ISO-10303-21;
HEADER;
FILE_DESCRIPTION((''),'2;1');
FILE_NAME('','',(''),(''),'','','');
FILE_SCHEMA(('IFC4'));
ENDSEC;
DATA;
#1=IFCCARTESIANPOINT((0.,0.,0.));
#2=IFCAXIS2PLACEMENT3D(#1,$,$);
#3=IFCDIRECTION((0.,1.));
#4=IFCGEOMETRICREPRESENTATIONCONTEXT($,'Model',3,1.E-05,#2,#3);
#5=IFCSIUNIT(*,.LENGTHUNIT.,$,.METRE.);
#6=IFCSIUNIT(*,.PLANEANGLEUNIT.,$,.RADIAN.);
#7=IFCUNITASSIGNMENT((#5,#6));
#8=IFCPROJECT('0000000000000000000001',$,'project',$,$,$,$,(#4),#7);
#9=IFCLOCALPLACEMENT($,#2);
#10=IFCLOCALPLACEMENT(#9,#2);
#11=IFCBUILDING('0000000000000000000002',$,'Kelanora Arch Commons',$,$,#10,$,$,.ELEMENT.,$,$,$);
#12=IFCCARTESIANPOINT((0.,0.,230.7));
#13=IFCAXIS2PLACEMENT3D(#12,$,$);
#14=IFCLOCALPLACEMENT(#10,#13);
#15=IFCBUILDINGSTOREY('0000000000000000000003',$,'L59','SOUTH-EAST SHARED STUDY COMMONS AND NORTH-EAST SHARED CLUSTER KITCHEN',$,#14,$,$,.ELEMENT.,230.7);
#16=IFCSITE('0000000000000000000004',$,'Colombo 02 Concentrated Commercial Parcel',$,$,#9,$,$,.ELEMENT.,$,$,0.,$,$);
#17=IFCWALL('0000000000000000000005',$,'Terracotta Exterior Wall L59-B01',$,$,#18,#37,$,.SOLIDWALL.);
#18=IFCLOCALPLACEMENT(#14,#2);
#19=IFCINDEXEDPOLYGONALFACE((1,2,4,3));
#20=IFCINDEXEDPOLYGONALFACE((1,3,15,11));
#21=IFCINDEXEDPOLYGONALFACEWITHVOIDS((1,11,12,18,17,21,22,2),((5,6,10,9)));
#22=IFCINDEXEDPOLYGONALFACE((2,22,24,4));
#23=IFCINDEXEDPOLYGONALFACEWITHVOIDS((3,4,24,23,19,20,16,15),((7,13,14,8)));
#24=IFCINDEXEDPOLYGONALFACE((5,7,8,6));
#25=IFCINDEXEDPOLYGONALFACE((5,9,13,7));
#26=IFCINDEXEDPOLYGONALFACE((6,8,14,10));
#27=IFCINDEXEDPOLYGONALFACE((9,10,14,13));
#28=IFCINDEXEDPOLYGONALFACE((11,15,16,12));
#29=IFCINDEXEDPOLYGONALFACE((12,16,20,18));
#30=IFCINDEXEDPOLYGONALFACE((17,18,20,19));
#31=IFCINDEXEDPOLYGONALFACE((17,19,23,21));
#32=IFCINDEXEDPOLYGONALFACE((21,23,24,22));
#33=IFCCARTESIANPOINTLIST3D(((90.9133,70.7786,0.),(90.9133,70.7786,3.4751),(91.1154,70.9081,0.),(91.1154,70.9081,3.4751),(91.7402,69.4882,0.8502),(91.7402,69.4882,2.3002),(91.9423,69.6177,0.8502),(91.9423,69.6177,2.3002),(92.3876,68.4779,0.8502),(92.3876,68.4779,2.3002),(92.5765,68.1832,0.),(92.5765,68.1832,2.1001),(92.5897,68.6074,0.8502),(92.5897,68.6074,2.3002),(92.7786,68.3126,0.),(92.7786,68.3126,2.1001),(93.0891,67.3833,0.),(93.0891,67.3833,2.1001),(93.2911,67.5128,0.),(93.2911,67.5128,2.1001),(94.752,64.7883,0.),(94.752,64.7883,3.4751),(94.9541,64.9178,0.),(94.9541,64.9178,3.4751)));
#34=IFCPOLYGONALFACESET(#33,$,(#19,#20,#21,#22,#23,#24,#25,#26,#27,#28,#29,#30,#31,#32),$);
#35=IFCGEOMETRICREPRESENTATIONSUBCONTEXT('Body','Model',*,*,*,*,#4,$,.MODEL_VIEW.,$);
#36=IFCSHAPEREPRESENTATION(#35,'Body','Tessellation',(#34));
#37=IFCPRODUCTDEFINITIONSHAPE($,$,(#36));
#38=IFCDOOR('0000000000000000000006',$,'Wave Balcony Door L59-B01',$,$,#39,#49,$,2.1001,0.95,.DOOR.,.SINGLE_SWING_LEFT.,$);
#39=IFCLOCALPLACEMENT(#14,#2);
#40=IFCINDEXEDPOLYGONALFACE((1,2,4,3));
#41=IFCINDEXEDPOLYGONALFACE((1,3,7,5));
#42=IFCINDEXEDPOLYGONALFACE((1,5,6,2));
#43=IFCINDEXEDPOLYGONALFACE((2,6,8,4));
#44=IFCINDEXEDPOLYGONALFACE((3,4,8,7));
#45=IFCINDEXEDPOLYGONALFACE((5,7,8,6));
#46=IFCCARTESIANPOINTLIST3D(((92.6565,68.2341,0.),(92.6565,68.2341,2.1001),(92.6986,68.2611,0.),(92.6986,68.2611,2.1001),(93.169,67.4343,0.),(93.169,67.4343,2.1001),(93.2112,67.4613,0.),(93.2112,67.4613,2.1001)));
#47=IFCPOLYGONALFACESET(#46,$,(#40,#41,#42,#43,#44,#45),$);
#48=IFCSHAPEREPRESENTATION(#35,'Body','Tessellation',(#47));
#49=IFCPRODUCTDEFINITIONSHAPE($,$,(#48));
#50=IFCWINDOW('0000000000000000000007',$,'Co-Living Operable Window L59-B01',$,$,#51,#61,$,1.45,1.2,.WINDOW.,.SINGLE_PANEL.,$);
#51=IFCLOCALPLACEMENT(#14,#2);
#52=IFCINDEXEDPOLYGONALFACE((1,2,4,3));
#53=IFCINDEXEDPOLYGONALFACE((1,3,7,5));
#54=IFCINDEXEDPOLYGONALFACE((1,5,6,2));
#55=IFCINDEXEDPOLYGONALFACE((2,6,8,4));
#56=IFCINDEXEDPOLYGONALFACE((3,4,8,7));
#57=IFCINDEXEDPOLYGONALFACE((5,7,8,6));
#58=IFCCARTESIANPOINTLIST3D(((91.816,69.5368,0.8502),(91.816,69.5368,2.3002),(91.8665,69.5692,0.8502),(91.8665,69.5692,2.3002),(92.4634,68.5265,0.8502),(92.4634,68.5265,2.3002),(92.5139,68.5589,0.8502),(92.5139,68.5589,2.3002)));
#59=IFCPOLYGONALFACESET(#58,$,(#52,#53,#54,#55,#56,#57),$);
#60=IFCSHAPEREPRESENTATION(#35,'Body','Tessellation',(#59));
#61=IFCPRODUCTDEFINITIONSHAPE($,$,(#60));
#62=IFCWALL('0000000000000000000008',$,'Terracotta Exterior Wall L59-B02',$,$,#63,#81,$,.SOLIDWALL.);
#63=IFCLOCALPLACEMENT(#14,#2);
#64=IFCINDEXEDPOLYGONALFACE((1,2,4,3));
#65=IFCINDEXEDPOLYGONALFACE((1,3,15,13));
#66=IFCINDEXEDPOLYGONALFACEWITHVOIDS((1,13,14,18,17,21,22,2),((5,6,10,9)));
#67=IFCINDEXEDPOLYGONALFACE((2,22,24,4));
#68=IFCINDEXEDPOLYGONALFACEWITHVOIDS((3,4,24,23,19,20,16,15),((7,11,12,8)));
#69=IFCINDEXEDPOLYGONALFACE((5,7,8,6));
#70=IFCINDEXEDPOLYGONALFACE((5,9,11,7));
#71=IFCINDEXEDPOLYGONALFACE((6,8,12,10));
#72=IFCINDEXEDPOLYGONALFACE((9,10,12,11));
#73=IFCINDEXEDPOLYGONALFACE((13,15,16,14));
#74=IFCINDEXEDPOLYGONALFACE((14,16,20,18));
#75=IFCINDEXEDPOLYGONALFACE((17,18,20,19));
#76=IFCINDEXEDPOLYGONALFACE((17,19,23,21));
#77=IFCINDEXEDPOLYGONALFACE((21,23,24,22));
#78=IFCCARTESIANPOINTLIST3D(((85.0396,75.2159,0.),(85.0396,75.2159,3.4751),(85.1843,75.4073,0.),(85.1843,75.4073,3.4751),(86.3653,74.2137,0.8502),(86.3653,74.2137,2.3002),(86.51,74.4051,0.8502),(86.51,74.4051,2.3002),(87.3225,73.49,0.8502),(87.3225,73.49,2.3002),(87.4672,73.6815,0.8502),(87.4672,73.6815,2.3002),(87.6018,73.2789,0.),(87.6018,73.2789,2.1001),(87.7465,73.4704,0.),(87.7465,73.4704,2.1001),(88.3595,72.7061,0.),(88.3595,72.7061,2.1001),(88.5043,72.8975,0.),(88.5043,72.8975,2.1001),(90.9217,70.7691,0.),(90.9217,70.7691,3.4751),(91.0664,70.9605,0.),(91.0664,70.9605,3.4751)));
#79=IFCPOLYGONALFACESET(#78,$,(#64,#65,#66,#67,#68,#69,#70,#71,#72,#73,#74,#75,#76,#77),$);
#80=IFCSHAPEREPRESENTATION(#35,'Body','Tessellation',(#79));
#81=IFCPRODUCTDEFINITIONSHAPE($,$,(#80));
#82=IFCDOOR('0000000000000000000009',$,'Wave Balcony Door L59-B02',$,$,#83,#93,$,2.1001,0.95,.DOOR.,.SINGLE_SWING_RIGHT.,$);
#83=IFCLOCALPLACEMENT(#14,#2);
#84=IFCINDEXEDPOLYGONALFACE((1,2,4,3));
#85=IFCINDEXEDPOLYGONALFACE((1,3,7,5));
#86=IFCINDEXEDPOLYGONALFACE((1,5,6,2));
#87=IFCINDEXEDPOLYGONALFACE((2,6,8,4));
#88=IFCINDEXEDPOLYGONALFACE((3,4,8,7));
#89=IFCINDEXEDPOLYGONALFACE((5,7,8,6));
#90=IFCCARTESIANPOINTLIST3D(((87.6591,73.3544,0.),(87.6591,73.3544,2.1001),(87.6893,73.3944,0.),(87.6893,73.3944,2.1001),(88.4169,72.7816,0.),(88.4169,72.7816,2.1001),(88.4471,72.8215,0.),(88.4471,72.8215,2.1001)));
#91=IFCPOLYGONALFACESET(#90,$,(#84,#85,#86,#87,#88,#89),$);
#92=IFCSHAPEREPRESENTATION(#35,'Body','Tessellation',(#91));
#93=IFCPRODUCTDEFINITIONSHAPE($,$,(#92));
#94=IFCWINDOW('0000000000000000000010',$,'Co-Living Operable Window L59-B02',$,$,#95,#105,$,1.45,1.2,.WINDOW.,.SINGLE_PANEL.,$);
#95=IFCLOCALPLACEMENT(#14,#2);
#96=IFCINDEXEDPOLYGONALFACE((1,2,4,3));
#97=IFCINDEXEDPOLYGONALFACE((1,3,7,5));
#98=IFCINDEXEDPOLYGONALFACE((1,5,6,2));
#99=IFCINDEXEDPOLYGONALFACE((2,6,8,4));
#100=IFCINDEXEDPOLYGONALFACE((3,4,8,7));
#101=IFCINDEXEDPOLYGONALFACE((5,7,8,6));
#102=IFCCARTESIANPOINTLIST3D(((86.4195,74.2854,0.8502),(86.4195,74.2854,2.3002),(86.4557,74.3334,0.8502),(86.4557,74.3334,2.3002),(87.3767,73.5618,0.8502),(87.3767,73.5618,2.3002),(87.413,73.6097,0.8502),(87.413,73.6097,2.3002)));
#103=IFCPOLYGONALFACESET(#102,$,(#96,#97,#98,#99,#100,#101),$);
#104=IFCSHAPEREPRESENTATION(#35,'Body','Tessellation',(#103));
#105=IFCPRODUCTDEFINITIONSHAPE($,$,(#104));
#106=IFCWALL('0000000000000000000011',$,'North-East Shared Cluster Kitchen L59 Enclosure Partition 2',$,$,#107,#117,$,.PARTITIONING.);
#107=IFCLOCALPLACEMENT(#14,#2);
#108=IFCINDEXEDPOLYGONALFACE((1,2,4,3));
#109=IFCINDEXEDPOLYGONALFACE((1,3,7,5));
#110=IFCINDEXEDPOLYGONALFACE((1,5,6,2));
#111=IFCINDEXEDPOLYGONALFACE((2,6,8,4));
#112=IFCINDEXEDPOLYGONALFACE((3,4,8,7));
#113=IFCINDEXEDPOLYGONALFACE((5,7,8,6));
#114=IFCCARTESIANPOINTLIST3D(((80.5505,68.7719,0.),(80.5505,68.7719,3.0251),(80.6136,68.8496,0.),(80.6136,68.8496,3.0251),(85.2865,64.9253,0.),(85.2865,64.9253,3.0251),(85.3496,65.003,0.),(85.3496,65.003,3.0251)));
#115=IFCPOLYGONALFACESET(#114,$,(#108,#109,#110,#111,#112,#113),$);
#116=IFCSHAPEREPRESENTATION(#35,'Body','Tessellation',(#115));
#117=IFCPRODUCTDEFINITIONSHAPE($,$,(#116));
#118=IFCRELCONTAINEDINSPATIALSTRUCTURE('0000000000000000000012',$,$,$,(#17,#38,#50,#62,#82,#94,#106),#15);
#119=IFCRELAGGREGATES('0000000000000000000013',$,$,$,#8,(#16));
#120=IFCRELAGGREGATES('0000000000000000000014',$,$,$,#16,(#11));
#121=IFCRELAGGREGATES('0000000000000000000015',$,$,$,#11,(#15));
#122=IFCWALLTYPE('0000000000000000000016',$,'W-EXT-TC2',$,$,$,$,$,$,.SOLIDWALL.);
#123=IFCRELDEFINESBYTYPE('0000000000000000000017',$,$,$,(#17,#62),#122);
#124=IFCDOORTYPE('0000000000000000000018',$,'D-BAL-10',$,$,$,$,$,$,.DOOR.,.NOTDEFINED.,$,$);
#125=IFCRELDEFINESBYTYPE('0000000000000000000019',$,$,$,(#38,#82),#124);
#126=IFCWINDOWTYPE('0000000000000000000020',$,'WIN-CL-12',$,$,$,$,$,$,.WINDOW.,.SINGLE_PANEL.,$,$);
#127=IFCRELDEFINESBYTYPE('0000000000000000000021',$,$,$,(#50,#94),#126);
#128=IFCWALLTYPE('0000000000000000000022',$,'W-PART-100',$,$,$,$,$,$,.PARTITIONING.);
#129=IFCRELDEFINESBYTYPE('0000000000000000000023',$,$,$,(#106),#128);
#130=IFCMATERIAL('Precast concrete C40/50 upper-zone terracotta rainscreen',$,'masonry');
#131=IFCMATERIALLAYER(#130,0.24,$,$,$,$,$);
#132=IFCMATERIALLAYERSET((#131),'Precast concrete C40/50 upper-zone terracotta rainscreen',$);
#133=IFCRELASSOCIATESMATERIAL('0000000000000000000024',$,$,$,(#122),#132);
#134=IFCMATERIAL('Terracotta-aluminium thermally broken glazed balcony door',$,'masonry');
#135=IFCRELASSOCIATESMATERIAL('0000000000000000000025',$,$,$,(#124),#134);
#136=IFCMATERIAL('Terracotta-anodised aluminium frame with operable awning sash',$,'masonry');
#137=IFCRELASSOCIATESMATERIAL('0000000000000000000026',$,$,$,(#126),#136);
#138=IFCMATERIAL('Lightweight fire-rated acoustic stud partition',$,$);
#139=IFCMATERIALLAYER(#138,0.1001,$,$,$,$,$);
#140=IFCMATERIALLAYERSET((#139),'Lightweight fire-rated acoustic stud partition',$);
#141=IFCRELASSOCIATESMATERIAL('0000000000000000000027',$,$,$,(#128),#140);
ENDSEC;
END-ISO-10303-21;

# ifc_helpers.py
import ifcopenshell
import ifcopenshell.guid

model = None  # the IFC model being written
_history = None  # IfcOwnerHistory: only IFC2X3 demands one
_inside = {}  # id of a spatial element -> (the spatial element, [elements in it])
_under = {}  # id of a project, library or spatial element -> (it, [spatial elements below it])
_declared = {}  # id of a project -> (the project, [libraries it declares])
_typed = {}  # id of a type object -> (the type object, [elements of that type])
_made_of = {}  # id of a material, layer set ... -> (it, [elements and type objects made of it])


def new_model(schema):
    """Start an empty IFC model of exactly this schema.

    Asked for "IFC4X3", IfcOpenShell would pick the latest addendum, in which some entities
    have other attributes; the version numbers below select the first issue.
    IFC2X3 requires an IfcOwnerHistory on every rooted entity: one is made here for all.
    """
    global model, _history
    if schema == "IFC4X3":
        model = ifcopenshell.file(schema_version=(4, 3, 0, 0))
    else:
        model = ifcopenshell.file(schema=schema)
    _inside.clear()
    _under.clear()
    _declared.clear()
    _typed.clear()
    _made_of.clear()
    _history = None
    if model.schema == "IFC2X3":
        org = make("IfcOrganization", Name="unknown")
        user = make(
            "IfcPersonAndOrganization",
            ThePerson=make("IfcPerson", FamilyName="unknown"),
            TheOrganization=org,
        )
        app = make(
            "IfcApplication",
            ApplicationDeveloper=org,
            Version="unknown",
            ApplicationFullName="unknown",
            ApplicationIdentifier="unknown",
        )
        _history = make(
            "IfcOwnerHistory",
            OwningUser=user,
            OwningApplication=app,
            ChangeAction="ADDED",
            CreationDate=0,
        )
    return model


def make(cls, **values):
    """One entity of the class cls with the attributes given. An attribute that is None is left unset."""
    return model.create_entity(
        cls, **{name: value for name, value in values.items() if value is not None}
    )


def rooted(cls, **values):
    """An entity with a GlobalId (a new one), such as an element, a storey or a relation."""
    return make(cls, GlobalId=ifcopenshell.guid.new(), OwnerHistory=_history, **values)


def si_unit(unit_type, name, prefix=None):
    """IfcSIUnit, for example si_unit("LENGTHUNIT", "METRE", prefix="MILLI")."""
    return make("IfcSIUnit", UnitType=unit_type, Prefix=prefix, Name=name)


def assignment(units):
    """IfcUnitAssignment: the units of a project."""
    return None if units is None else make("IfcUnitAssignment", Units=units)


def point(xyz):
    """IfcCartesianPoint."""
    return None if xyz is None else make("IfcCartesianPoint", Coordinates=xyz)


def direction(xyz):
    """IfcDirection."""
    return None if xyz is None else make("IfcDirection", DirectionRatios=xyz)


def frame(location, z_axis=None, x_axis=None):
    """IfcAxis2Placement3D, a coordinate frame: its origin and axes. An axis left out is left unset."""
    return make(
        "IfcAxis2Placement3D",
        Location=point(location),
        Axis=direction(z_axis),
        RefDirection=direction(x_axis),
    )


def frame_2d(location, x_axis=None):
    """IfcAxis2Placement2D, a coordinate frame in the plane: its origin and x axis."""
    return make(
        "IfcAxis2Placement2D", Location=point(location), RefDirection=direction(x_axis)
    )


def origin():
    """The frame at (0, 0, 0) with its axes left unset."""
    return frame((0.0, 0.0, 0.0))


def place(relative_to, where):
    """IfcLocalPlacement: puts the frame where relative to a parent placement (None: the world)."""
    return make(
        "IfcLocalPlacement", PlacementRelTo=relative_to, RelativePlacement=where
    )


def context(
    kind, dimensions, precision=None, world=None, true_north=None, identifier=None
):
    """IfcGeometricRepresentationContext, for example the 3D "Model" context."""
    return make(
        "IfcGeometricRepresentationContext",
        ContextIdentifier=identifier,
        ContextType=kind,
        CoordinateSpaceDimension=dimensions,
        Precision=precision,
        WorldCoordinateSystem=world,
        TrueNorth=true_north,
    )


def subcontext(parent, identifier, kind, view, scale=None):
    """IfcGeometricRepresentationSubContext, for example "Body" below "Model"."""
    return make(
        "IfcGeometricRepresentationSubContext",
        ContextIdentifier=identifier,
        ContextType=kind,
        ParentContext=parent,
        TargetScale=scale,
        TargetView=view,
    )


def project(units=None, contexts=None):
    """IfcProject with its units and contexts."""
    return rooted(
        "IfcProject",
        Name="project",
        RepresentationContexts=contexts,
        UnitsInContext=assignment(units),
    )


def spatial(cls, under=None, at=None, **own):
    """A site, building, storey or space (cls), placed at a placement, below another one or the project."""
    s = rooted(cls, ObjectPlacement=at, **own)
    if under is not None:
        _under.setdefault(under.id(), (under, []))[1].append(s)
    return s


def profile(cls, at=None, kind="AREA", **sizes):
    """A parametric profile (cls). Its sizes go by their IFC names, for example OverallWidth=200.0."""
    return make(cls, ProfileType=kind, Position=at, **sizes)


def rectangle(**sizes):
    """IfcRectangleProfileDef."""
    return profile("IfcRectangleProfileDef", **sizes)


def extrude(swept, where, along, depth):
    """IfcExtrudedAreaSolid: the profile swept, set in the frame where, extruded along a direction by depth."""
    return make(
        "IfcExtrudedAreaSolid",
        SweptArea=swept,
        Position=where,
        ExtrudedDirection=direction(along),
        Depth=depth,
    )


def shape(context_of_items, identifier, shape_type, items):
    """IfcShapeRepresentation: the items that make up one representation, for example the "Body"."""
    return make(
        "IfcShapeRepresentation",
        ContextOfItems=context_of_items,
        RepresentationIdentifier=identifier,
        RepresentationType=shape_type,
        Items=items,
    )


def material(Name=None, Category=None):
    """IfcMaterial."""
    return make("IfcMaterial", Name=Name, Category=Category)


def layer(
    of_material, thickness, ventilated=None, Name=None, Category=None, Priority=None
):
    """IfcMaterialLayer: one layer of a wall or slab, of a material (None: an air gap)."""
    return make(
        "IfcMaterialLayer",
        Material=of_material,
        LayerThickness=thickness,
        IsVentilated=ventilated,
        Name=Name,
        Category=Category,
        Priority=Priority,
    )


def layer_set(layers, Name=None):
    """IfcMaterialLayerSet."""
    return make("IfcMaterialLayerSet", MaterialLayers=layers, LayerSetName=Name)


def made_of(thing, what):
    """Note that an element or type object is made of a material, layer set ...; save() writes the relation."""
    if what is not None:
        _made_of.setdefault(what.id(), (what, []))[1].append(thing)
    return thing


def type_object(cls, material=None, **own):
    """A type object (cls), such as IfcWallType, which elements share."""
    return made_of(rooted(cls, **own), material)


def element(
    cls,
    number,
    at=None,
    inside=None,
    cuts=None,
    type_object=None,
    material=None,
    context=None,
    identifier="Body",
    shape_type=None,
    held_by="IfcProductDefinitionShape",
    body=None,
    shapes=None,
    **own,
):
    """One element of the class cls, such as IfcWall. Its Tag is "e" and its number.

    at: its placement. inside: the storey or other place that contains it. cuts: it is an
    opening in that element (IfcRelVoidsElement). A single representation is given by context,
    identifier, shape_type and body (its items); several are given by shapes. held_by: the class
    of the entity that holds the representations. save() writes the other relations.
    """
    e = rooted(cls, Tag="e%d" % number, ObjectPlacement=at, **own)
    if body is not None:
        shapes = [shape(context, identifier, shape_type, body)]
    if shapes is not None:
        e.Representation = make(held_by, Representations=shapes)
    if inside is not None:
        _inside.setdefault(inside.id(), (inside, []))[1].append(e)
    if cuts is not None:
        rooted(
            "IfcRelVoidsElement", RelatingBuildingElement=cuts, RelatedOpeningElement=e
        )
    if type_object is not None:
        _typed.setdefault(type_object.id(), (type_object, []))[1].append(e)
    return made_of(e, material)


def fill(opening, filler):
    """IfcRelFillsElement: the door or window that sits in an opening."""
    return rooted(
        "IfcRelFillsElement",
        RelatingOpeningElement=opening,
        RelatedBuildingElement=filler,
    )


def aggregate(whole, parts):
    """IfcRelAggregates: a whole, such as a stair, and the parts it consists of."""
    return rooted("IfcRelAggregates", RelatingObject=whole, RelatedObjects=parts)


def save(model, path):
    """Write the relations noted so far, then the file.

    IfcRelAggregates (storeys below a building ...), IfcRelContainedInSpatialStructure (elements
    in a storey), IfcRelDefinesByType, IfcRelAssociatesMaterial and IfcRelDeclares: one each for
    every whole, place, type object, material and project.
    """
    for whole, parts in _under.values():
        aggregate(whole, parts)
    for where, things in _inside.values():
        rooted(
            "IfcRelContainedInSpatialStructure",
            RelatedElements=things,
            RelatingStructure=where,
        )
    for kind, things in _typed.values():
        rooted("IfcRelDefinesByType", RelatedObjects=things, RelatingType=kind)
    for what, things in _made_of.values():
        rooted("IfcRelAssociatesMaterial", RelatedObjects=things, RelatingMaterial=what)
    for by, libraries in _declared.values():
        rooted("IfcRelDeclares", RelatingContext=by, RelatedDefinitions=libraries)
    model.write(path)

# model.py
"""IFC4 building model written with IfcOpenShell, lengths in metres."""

from ifc_helpers import new_model, si_unit, direction, frame, frame_2d, origin, place, context, subcontext, project, spatial, rectangle, extrude, material, layer, layer_set, type_object, element, fill, save


model = new_model("IFC4")

# Units and contexts
model_context = context("Model", 3, precision=1e-05, world=origin(), true_north=direction((0.0, 1.0)))
body_context = subcontext(model_context, "Body", "Model", "MODEL_VIEW")
ifc_project = project(units=[si_unit("LENGTHUNIT", "METRE"), si_unit("PLANEANGLEUNIT", "RADIAN")], contexts=[model_context])

# Site, building, storey
site_placement = place(None, origin())
site = spatial("IfcSite", under=ifc_project, at=site_placement, Name="Colombo 02 Concentrated Commercial Parcel", CompositionType="ELEMENT", RefElevation=0.0)
building_placement = place(site_placement, origin())
building = spatial("IfcBuilding", under=site, at=building_placement, Name="Kelanora Arch Commons", CompositionType="ELEMENT")
storey_placement = place(building_placement, frame((0.0, 0.0, 230.7)))
storey = spatial("IfcBuildingStorey", under=building, at=storey_placement, Name="L59", Description="SOUTH-EAST SHARED STUDY COMMONS AND NORTH-EAST SHARED CLUSTER KITCHEN", CompositionType="ELEMENT", Elevation=230.7)

# Walls, openings, doors, windows
ifc_material_1 = material(Name="Precast concrete C40/50 upper-zone terracotta rainscreen", Category="masonry")
ifc_layer_1 = layer(ifc_material_1, 0.24)
ifc_layer_set_1 = layer_set([ifc_layer_1], Name="Precast concrete C40/50 upper-zone terracotta rainscreen")
wall_type_1 = type_object("IfcWallType", Name="W-EXT-TC2", PredefinedType="SOLIDWALL", material=ifc_layer_set_1)
wall_1_placement = place(storey_placement, frame((94.853, 64.853, 0.0), z_axis=(0.0, 0.0, 1.0), x_axis=(-0.53954, 0.84196, 0.0)))
wall_1 = element("IfcWall", 1, at=wall_1_placement, inside=storey, type_object=wall_type_1, Name="Terracotta Exterior Wall L59-B01", PredefinedType="SOLIDWALL", context=body_context, shape_type="SweptSolid", body=[
    extrude(rectangle(XDim=7.1147, YDim=0.24, at=frame_2d((3.5574, 0.0))), origin(), (0.0, 0.0, 1.0), 3.4751),
])
opening_1_placement = place(wall_1_placement, frame((3.082, 0.0, 0.0)))
opening_1 = element("IfcOpeningElement", 2, at=opening_1_placement, cuts=wall_1, PredefinedType="OPENING", context=body_context, shape_type="SweptSolid", body=[
    extrude(rectangle(XDim=0.95, YDim=2.1001, at=frame_2d((0.4751, 1.05))), frame((0.0, 0.1299, 0.0), z_axis=(0.0, -1.0, 0.0), x_axis=(1.0, 0.0, 0.0)), (0.0, 0.0, 1.0), 0.26),
])
opening_2_placement = place(wall_1_placement, frame((4.3821, 0.0, 0.8501)))
opening_2 = element("IfcOpeningElement", 3, at=opening_2_placement, cuts=wall_1, PredefinedType="OPENING", context=body_context, shape_type="SweptSolid", body=[
    extrude(rectangle(XDim=1.2, YDim=1.45, at=frame_2d((0.6001, 0.7251))), frame((0.0, 0.1299, 0.0), z_axis=(0.0, -1.0, 0.0), x_axis=(1.0, 0.0, 0.0)), (0.0, 0.0, 1.0), 0.26),
])
ifc_material_2 = material(Name="Terracotta-aluminium thermally broken glazed balcony door", Category="masonry")
door_type = type_object("IfcDoorType", Name="D-BAL-10", OperationType="NOTDEFINED", PredefinedType="DOOR", material=ifc_material_2)
door_1_placement = place(opening_1_placement, frame((0.95, 0.0, 0.0), z_axis=(0.0, 0.0, 1.0), x_axis=(-1.0, 0.0, 0.0)))
door_1 = element("IfcDoor", 4, at=door_1_placement, inside=storey, type_object=door_type, Name="Wave Balcony Door L59-B01", OperationType="SINGLE_SWING_LEFT", OverallHeight=2.1001, OverallWidth=0.95, PredefinedType="DOOR", context=body_context, shape_type="SweptSolid", body=[
    extrude(rectangle(XDim=0.95, YDim=2.1001, at=frame_2d((0.4751, 1.05))), frame((0.0, 0.0249, 0.0), z_axis=(0.0, -1.0, 0.0), x_axis=(1.0, 0.0, 0.0)), (0.0, 0.0, 1.0), 0.05),
])
fill(opening_1, door_1)
ifc_material_3 = material(Name="Terracotta-anodised aluminium frame with operable awning sash", Category="masonry")
window_type = type_object("IfcWindowType", Name="WIN-CL-12", PartitioningType="SINGLE_PANEL", PredefinedType="WINDOW", material=ifc_material_3)
window_1_placement = place(opening_2_placement, origin())
window_1 = element("IfcWindow", 5, at=window_1_placement, inside=storey, type_object=window_type, Name="Co-Living Operable Window L59-B01", OverallHeight=1.45, OverallWidth=1.2, PartitioningType="SINGLE_PANEL", PredefinedType="WINDOW", context=body_context, shape_type="SweptSolid", body=[
    extrude(rectangle(XDim=1.2, YDim=1.45, at=frame_2d((0.6001, 0.7251))), frame((0.0, 0.03, 0.0), z_axis=(0.0, -1.0, 0.0), x_axis=(1.0, 0.0, 0.0)), (0.0, 0.0, 1.0), 0.0601),
])
fill(opening_2, window_1)
wall_2_placement = place(storey_placement, frame((90.9941, 70.8647, 0.0), z_axis=(0.0, 0.0, 1.0), x_axis=(-0.797702, 0.603052, 0.0)))
wall_2 = element("IfcWall", 6, at=wall_2_placement, inside=storey, type_object=wall_type_1, Name="Terracotta Exterior Wall L59-B02", PredefinedType="SOLIDWALL", context=body_context, shape_type="SweptSolid", body=[
    extrude(rectangle(XDim=7.3738, YDim=0.24, at=frame_2d((3.687, 0.0))), origin(), (0.0, 0.0, 1.0), 3.4751),
])
opening_3_placement = place(wall_2_placement, frame((3.2119, 0.0, 0.0)))
opening_3 = element("IfcOpeningElement", 7, at=opening_3_placement, cuts=wall_2, PredefinedType="OPENING", context=body_context, shape_type="SweptSolid", body=[
    extrude(rectangle(XDim=0.95, YDim=2.1001, at=frame_2d((0.4751, 1.05))), frame((0.0, 0.1299, 0.0), z_axis=(0.0, -1.0, 0.0), x_axis=(1.0, 0.0, 0.0)), (0.0, 0.0, 1.0), 0.26),
])
opening_4_placement = place(wall_2_placement, frame((4.512, 0.0, 0.8501)))
opening_4 = element("IfcOpeningElement", 8, at=opening_4_placement, cuts=wall_2, PredefinedType="OPENING", context=body_context, shape_type="SweptSolid", body=[
    extrude(rectangle(XDim=1.2, YDim=1.45, at=frame_2d((0.6001, 0.7251))), frame((0.0, 0.1299, 0.0), z_axis=(0.0, -1.0, 0.0), x_axis=(1.0, 0.0, 0.0)), (0.0, 0.0, 1.0), 0.26),
])
door_2_placement = place(opening_3_placement, frame((0.95, 0.0, 0.0), z_axis=(0.0, 0.0, 1.0), x_axis=(-1.0, 0.0, 0.0)))
door_2 = element("IfcDoor", 9, at=door_2_placement, inside=storey, type_object=door_type, Name="Wave Balcony Door L59-B02", OperationType="SINGLE_SWING_RIGHT", OverallHeight=2.1001, OverallWidth=0.95, PredefinedType="DOOR", context=body_context, shape_type="SweptSolid", body=[
    extrude(rectangle(XDim=0.95, YDim=2.1001, at=frame_2d((0.4751, 1.05))), frame((0.0, 0.0249, 0.0), z_axis=(0.0, -1.0, 0.0), x_axis=(1.0, 0.0, 0.0)), (0.0, 0.0, 1.0), 0.05),
])
fill(opening_3, door_2)
window_2_placement = place(opening_4_placement, origin())
window_2 = element("IfcWindow", 10, at=window_2_placement, inside=storey, type_object=window_type, Name="Co-Living Operable Window L59-B02", OverallHeight=1.45, OverallWidth=1.2, PartitioningType="SINGLE_PANEL", PredefinedType="WINDOW", context=body_context, shape_type="SweptSolid", body=[
    extrude(rectangle(XDim=1.2, YDim=1.45, at=frame_2d((0.6001, 0.7251))), frame((0.0, 0.03, 0.0), z_axis=(0.0, -1.0, 0.0), x_axis=(1.0, 0.0, 0.0)), (0.0, 0.0, 1.0), 0.0601),
])
fill(opening_4, window_2)

# Wall
ifc_material_4 = material(Name="Lightweight fire-rated acoustic stud partition")
ifc_layer_2 = layer(ifc_material_4, 0.1001)
ifc_layer_set_2 = layer_set([ifc_layer_2], Name="Lightweight fire-rated acoustic stud partition")
wall_type_2 = type_object("IfcWallType", Name="W-PART-100", PredefinedType="PARTITIONING", material=ifc_layer_set_2)
wall_3_placement = place(storey_placement, frame((85.3181, 64.9641, 0.0), z_axis=(0.0, 0.0, 1.0), x_axis=(-0.776225, 0.630456, 0.0)))
element("IfcWall", 11, at=wall_3_placement, inside=storey, type_object=wall_type_2, Name="North-East Shared Cluster Kitchen L59 Enclosure Partition 2", PredefinedType="PARTITIONING", context=body_context, shape_type="SweptSolid", body=[
    extrude(rectangle(XDim=6.1013, YDim=0.1001, at=frame_2d((3.0508, 0.0))), origin(), (0.0, 0.0, 1.0), 3.0251),
])

save(model, "model.ifc")
